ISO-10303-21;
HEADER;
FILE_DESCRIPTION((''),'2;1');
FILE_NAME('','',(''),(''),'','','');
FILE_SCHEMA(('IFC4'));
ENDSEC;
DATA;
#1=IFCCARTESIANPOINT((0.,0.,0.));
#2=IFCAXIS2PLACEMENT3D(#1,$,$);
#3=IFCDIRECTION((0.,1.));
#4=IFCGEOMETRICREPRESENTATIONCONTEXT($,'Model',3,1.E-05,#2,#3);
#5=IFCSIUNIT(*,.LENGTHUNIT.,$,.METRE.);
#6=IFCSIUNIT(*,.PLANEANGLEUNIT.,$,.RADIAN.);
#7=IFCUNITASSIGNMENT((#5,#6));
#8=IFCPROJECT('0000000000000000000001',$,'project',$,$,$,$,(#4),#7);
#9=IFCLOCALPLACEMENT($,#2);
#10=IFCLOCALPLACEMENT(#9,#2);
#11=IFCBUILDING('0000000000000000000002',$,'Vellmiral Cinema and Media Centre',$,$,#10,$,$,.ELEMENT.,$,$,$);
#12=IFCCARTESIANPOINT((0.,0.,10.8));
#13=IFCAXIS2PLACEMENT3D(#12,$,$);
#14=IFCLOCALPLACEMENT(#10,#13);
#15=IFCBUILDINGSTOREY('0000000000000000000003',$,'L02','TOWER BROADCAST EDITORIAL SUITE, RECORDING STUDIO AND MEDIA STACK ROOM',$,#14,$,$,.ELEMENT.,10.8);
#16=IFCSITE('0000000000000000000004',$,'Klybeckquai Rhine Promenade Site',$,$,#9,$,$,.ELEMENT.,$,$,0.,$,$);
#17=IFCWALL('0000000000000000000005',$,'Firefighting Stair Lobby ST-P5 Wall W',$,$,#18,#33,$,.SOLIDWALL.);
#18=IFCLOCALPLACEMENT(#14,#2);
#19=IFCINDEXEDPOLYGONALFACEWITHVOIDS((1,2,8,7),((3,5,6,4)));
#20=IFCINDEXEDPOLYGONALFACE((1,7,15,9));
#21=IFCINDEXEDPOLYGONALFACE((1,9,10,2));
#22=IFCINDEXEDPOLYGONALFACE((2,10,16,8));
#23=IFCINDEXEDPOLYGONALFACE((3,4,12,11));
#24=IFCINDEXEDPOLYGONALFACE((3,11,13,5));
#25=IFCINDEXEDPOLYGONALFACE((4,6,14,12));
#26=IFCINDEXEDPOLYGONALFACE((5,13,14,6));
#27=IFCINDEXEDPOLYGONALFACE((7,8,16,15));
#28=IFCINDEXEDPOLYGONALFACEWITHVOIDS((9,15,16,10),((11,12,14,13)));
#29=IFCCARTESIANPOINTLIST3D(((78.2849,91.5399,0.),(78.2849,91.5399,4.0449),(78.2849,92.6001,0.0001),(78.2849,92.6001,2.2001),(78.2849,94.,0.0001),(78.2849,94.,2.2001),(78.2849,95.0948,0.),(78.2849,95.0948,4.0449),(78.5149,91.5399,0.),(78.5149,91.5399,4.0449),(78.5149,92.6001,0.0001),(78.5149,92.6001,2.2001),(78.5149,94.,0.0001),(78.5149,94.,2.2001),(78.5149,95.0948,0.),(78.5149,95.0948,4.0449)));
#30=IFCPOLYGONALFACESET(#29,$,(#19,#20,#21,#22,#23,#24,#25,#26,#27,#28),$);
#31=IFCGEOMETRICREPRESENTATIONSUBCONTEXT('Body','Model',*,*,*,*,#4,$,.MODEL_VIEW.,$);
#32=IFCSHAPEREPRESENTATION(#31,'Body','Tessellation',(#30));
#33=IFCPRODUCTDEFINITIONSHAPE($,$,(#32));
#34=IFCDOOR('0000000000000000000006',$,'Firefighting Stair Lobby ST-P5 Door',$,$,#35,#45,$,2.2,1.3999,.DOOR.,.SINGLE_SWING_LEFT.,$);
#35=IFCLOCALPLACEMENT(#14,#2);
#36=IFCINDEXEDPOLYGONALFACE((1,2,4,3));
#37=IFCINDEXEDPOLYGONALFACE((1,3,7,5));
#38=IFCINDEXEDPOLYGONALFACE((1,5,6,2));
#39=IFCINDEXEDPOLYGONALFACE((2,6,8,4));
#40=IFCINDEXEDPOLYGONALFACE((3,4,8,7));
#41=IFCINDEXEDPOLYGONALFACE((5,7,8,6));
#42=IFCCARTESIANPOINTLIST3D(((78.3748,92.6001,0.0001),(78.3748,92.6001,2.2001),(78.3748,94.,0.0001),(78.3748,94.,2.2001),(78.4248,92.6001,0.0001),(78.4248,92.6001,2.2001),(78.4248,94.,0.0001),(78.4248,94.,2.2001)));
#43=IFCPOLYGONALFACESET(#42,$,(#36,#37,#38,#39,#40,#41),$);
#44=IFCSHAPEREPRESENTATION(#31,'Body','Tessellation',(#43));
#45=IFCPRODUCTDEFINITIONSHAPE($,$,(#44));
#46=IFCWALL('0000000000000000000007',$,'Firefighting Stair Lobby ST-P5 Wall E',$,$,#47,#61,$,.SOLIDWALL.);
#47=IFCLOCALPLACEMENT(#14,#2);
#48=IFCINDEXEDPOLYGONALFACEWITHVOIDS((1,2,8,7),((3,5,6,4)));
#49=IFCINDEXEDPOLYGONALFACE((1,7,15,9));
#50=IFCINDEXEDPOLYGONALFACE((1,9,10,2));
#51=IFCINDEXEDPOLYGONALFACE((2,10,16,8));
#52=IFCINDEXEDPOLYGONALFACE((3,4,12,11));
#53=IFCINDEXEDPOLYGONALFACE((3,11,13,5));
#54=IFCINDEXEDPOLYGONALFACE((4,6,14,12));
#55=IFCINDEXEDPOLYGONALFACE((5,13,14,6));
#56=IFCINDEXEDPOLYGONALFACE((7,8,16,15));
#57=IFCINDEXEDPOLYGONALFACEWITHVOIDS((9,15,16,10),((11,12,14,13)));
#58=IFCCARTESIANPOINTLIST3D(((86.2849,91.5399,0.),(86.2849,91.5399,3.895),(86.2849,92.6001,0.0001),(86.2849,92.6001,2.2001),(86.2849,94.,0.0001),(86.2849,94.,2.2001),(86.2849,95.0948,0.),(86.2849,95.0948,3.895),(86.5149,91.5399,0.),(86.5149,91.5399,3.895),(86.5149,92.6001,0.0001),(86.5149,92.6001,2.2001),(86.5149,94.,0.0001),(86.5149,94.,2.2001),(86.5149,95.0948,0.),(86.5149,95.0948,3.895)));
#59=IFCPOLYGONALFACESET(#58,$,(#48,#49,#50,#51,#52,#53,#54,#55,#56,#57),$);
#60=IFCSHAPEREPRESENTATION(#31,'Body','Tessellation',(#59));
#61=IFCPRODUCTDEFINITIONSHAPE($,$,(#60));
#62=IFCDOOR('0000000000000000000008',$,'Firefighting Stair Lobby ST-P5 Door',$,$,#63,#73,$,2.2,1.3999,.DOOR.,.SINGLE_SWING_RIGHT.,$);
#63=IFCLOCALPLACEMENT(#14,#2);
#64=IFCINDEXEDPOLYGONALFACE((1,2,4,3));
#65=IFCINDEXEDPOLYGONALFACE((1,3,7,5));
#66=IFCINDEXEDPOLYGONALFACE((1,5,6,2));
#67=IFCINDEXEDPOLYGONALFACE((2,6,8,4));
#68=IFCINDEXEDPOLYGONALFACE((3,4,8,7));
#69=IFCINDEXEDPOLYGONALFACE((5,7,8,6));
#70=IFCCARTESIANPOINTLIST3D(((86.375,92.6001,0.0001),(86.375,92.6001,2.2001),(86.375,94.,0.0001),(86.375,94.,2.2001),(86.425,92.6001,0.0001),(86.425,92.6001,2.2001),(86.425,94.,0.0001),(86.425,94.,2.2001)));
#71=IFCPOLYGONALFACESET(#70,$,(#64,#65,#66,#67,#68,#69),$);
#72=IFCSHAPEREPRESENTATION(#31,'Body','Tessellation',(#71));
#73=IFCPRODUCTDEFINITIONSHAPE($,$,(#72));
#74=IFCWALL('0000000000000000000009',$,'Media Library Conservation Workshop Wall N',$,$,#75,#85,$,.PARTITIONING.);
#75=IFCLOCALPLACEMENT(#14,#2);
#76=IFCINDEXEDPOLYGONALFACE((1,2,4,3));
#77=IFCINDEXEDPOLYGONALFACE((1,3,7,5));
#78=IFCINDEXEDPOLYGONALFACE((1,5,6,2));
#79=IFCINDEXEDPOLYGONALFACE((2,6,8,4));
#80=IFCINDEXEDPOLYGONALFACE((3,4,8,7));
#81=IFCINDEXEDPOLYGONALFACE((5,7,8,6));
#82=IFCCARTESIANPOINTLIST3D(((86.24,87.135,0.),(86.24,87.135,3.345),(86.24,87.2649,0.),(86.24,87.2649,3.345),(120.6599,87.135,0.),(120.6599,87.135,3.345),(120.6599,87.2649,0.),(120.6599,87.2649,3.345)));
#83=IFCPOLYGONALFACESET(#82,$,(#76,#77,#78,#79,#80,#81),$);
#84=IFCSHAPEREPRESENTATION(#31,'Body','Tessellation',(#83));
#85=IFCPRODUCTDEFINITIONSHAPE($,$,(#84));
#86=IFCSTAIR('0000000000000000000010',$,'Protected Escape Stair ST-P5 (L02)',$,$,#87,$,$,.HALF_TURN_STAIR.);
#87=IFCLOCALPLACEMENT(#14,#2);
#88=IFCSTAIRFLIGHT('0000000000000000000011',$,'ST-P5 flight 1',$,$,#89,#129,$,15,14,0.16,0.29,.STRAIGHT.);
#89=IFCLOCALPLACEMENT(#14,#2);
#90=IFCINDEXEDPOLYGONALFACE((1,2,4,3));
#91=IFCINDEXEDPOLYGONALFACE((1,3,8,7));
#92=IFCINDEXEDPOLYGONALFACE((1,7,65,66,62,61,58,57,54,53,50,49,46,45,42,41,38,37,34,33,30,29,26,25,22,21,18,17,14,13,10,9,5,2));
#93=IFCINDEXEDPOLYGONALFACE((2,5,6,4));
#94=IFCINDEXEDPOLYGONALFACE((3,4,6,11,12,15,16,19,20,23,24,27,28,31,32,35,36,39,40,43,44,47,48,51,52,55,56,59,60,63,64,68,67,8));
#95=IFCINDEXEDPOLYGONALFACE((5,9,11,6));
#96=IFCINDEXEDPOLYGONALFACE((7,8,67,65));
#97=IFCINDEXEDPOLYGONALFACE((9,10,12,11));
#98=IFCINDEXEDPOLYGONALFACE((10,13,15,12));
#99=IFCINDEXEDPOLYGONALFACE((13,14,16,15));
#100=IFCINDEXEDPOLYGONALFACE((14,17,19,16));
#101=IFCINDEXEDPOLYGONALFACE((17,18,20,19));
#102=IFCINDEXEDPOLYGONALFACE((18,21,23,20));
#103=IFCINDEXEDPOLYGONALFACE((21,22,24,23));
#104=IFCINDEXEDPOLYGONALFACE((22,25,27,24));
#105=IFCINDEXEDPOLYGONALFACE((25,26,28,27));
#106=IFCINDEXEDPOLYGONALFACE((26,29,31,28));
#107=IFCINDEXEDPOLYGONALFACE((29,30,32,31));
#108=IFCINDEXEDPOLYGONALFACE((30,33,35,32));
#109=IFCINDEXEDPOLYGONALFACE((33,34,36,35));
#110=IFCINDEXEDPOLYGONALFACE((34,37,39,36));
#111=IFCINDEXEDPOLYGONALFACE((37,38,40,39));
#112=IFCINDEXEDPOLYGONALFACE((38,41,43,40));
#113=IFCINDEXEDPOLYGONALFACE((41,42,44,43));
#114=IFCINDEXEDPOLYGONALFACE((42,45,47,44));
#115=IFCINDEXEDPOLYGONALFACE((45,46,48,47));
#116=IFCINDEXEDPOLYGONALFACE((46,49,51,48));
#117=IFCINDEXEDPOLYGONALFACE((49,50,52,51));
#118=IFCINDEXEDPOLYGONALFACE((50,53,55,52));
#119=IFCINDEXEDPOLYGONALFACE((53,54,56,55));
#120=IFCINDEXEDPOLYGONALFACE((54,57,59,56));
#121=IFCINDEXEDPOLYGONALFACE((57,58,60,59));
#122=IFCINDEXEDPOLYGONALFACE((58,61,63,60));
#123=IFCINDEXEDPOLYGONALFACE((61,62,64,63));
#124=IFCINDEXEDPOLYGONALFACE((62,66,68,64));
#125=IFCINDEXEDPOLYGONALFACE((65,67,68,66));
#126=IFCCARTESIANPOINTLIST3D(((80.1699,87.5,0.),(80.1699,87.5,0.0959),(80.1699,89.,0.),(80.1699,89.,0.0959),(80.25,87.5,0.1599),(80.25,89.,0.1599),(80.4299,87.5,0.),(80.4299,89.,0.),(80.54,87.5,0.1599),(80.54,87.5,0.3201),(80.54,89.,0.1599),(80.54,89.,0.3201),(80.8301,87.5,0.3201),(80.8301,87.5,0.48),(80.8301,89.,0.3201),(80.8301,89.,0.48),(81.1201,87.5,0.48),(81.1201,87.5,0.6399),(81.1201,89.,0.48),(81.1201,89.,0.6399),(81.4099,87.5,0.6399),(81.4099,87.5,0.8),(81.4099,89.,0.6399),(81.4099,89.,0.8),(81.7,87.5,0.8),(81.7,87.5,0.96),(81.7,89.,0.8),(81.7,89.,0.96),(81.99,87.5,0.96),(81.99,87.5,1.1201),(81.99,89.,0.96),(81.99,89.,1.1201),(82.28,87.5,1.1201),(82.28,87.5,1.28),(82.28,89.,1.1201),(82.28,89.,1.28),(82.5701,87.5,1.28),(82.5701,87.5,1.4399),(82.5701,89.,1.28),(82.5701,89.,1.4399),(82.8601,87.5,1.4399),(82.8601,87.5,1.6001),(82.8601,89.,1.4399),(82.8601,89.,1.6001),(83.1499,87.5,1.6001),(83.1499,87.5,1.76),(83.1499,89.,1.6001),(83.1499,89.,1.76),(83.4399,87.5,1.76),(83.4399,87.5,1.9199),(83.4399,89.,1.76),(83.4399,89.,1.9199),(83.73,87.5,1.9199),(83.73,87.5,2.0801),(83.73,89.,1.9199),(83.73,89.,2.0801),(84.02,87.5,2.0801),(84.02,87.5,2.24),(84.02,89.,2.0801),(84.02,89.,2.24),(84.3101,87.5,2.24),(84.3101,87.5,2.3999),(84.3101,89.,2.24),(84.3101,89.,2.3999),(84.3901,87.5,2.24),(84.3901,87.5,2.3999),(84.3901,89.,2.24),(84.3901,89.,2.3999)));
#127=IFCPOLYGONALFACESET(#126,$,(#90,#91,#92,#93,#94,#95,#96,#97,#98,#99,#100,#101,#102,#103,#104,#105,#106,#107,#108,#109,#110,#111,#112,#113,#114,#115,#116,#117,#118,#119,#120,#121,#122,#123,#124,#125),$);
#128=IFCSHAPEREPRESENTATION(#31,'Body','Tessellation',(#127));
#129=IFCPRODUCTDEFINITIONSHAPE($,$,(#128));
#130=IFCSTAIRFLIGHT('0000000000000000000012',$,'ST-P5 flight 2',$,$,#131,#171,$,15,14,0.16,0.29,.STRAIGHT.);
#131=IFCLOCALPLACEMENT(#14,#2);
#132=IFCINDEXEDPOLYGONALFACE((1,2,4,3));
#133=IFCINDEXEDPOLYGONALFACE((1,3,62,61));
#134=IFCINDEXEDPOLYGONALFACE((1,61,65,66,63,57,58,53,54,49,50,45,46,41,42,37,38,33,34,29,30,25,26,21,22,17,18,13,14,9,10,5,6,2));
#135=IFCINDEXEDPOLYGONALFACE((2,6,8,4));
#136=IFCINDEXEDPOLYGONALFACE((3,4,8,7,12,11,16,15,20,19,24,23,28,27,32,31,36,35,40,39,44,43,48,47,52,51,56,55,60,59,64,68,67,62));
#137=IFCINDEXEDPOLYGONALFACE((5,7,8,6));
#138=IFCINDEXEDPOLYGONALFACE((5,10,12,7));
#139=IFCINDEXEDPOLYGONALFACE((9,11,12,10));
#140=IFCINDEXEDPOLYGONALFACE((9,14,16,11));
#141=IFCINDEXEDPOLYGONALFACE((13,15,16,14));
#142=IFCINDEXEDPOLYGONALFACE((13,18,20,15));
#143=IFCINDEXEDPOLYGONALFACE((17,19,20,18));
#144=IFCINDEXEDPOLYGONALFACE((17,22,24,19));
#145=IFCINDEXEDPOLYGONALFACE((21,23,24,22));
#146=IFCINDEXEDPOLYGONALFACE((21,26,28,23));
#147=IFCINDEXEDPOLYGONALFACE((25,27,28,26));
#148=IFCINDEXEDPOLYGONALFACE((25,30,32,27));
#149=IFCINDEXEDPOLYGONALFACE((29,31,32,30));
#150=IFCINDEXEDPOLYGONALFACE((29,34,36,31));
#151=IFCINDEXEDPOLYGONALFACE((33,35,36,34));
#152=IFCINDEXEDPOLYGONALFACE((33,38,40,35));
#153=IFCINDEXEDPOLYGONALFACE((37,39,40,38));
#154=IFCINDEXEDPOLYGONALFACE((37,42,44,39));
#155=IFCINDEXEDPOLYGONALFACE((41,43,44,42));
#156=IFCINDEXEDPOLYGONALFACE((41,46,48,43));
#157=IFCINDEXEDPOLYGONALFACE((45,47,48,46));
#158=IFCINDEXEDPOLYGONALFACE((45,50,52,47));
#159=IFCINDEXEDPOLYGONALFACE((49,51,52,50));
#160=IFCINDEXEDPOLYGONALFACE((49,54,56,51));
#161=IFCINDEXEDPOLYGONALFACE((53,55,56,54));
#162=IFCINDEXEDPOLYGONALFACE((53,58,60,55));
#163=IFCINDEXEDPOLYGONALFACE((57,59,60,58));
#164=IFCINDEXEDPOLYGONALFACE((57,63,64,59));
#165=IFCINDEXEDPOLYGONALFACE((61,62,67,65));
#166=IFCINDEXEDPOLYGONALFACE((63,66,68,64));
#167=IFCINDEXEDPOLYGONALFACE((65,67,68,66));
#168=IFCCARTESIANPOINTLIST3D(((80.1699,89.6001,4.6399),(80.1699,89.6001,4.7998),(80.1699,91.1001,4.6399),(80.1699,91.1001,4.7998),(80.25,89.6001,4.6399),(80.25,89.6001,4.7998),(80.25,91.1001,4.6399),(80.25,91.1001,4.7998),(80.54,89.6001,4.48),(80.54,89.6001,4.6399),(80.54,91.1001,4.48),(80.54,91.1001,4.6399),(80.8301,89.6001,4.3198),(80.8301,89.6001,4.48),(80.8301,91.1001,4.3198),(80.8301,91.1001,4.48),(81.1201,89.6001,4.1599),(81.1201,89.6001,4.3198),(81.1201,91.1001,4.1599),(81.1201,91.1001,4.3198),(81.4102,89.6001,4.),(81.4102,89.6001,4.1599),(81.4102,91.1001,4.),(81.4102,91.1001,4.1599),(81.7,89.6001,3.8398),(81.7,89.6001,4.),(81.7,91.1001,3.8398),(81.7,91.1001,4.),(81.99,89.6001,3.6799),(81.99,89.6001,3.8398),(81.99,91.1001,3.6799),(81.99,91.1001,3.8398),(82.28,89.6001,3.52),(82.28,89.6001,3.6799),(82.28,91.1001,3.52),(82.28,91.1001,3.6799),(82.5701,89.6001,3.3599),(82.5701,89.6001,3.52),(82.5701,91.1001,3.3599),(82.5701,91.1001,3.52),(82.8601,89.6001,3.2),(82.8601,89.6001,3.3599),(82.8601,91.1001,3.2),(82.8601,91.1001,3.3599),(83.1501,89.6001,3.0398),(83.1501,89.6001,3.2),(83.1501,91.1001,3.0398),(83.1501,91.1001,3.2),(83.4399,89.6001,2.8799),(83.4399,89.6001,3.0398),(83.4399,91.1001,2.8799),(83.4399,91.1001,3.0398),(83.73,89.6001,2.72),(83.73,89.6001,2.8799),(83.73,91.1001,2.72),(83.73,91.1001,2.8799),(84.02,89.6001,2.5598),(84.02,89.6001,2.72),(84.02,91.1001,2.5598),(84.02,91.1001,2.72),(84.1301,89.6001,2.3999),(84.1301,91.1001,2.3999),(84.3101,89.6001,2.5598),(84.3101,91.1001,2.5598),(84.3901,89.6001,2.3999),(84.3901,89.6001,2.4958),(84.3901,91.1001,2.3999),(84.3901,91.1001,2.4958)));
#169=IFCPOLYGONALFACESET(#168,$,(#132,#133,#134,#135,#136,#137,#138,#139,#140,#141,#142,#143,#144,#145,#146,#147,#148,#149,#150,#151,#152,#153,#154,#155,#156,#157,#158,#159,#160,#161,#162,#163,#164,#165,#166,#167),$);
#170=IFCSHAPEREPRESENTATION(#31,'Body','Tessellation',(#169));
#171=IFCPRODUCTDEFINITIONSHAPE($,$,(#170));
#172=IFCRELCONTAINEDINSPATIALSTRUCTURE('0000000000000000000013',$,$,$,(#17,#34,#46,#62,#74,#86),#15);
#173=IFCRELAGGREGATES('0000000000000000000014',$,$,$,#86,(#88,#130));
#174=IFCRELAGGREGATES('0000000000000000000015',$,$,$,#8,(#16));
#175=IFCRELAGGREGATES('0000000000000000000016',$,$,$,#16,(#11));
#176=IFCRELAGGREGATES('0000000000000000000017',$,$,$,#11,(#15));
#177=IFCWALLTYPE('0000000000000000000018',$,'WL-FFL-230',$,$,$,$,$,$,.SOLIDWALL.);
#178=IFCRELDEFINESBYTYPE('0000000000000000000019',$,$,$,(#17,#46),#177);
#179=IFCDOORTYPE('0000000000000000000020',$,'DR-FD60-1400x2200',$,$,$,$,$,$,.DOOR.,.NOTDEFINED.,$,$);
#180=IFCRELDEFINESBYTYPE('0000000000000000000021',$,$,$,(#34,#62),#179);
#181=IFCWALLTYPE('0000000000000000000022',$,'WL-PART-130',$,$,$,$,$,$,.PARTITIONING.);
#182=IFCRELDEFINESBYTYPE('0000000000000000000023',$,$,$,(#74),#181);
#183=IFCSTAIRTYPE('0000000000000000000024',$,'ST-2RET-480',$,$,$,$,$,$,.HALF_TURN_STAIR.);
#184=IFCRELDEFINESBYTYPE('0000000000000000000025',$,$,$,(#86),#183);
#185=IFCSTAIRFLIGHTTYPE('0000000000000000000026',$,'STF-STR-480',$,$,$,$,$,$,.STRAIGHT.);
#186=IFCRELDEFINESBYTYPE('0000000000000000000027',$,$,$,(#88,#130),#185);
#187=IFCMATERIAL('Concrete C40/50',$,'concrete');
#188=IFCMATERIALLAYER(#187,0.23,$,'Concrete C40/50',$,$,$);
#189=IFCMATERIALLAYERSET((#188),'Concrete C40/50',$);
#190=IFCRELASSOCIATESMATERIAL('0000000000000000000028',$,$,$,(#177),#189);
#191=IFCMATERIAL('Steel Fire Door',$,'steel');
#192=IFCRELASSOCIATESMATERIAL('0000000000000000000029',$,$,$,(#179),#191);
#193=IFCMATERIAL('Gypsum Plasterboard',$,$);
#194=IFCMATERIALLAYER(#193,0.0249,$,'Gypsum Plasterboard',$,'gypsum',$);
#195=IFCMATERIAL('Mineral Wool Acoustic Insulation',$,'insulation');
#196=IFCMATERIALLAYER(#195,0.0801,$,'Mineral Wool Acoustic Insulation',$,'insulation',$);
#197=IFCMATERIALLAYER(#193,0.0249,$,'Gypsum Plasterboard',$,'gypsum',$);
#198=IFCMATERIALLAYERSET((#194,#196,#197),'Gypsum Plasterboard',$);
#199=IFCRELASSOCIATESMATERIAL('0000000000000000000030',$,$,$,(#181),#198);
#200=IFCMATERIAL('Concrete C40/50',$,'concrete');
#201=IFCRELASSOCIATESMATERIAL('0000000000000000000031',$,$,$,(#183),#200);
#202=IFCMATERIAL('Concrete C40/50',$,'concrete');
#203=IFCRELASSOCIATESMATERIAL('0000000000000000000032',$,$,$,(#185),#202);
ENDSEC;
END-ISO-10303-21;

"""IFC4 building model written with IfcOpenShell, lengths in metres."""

from ifc_helpers import new_model, si_unit, direction, frame, frame_2d, origin, place, context, subcontext, project, spatial, polyline, rectangle, outline, extrude, material, layer, layer_set, type_object, element, fill, aggregate, save


model = new_model("IFC4")

# Units and contexts
model_context = context("Model", 3, precision=1e-05, world=origin(), true_north=direction((0.0, 1.0)))
body_context = subcontext(model_context, "Body", "Model", "MODEL_VIEW")
ifc_project = project(units=[si_unit("LENGTHUNIT", "METRE"), si_unit("PLANEANGLEUNIT", "RADIAN")], contexts=[model_context])

# Site, building, storey
site_placement = place(None, origin())
site = spatial("IfcSite", under=ifc_project, at=site_placement, Name="Klybeckquai Rhine Promenade Site", CompositionType="ELEMENT", RefElevation=0.0)
building_placement = place(site_placement, origin())
building = spatial("IfcBuilding", under=site, at=building_placement, Name="Vellmiral Cinema and Media Centre", CompositionType="ELEMENT")
storey_placement = place(building_placement, frame((0.0, 0.0, 10.8)))
storey = spatial("IfcBuildingStorey", under=building, at=storey_placement, Name="L02", Description="TOWER BROADCAST EDITORIAL SUITE, RECORDING STUDIO AND MEDIA STACK ROOM", CompositionType="ELEMENT", Elevation=10.8)

# Walls, openings, doors
ifc_material_1 = material(Name="Concrete C40/50", Category="concrete")
ifc_layer_1 = layer(ifc_material_1, 0.23, Name="Concrete C40/50")
ifc_layer_set_1 = layer_set([ifc_layer_1], Name="Concrete C40/50")
wall_type_1 = type_object("IfcWallType", Name="WL-FFL-230", PredefinedType="SOLIDWALL", material=ifc_layer_set_1)
wall_1_placement = place(storey_placement, frame((78.3999, 91.54, 0.0), z_axis=(0.0, 0.0, 1.0), x_axis=(0.0, 1.0, 0.0)))
wall_1 = element("IfcWall", 1, at=wall_1_placement, inside=storey, type_object=wall_type_1, Name="Firefighting Stair Lobby ST-P5 Wall W", PredefinedType="SOLIDWALL", context=body_context, shape_type="SweptSolid", body=[
    extrude(rectangle(XDim=3.5549, YDim=0.23, at=frame_2d((1.7773, 0.0))), origin(), (0.0, 0.0, 1.0), 4.0449),
])
opening_1_placement = place(wall_1_placement, frame((1.0601, 0.0, 0.0)))
opening_1 = element("IfcOpeningElement", 2, at=opening_1_placement, cuts=wall_1, PredefinedType="OPENING", context=body_context, shape_type="SweptSolid", body=[
    extrude(rectangle(XDim=1.3999, YDim=2.2, at=frame_2d((0.7, 1.1001))), frame((0.0, 0.127, 0.0), z_axis=(0.0, -1.0, 0.0), x_axis=(1.0, 0.0, 0.0)), (0.0, 0.0, 1.0), 0.2539),
])
ifc_material_2 = material(Name="Steel Fire Door", Category="steel")
door_type_1 = type_object("IfcDoorType", Name="DR-FD60-1400x2200", OperationType="NOTDEFINED", PredefinedType="DOOR", material=ifc_material_2)
door_1_placement = place(opening_1_placement, frame((1.3999, 0.0, 0.0), z_axis=(0.0, 0.0, 1.0), x_axis=(-1.0, 0.0, 0.0)))
door_1 = element("IfcDoor", 3, at=door_1_placement, inside=storey, type_object=door_type_1, Name="Firefighting Stair Lobby ST-P5 Door", OperationType="SINGLE_SWING_LEFT", OverallHeight=2.2, OverallWidth=1.3999, PredefinedType="DOOR", context=body_context, shape_type="SweptSolid", body=[
    extrude(rectangle(XDim=1.3999, YDim=2.2, at=frame_2d((0.7, 1.1001))), frame((0.0, 0.0249, 0.0), z_axis=(0.0, -1.0, 0.0), x_axis=(1.0, 0.0, 0.0)), (0.0, 0.0, 1.0), 0.05),
])
fill(opening_1, door_1)
wall_2_placement = place(storey_placement, frame((86.3999, 91.54, 0.0), z_axis=(0.0, 0.0, 1.0), x_axis=(0.0, 1.0, 0.0)))
wall_2 = element("IfcWall", 4, at=wall_2_placement, inside=storey, type_object=wall_type_1, Name="Firefighting Stair Lobby ST-P5 Wall E", PredefinedType="SOLIDWALL", context=body_context, shape_type="SweptSolid", body=[
    extrude(rectangle(XDim=3.5549, YDim=0.23, at=frame_2d((1.7773, 0.0))), origin(), (0.0, 0.0, 1.0), 3.895),
])
opening_2_placement = place(wall_2_placement, frame((1.0601, 0.0, 0.0)))
opening_2 = element("IfcOpeningElement", 5, at=opening_2_placement, cuts=wall_2, PredefinedType="OPENING", context=body_context, shape_type="SweptSolid", body=[
    extrude(rectangle(XDim=1.3999, YDim=2.2, at=frame_2d((0.7, 1.1001))), frame((0.0, 0.127, 0.0), z_axis=(0.0, -1.0, 0.0), x_axis=(1.0, 0.0, 0.0)), (0.0, 0.0, 1.0), 0.2539),
])
door_2_placement = place(opening_2_placement, origin())
door_2 = element("IfcDoor", 6, at=door_2_placement, inside=storey, type_object=door_type_1, Name="Firefighting Stair Lobby ST-P5 Door", OperationType="SINGLE_SWING_RIGHT", OverallHeight=2.2, OverallWidth=1.3999, PredefinedType="DOOR", context=body_context, shape_type="SweptSolid", body=[
    extrude(rectangle(XDim=1.3999, YDim=2.2, at=frame_2d((0.7, 1.1001))), frame((0.0, 0.0249, 0.0), z_axis=(0.0, -1.0, 0.0), x_axis=(1.0, 0.0, 0.0)), (0.0, 0.0, 1.0), 0.05),
])
fill(opening_2, door_2)

# Wall
ifc_material_3 = material(Name="Gypsum Plasterboard")
ifc_layer_2 = layer(ifc_material_3, 0.0249, Name="Gypsum Plasterboard", Category="gypsum")
ifc_material_4 = material(Name="Mineral Wool Acoustic Insulation", Category="insulation")
ifc_layer_3 = layer(ifc_material_4, 0.0801, Name="Mineral Wool Acoustic Insulation", Category="insulation")
ifc_layer_4 = layer(ifc_material_3, 0.0249, Name="Gypsum Plasterboard", Category="gypsum")
ifc_layer_set_2 = layer_set([ifc_layer_2, ifc_layer_3, ifc_layer_4], Name="Gypsum Plasterboard")
wall_type_2 = type_object("IfcWallType", Name="WL-PART-130", PredefinedType="PARTITIONING", material=ifc_layer_set_2)
wall_3_placement = place(storey_placement, frame((86.24, 87.2, 0.0), z_axis=(0.0, 0.0, 1.0), x_axis=(1.0, 0.0, 0.0)))
element("IfcWall", 7, at=wall_3_placement, inside=storey, type_object=wall_type_2, Name="Media Library Conservation Workshop Wall N", PredefinedType="PARTITIONING", context=body_context, shape_type="SweptSolid", body=[
    extrude(rectangle(XDim=34.4199, YDim=0.1299, at=frame_2d((17.21, 0.0))), origin(), (0.0, 0.0, 1.0), 3.345),
])

# Stair, stair flights
ifc_material_5 = material(Name="Concrete C40/50", Category="concrete")
stair_type = type_object("IfcStairType", Name="ST-2RET-480", PredefinedType="HALF_TURN_STAIR", material=ifc_material_5)
stair_placement = place(storey_placement, origin())
stair = element("IfcStair", 8, at=stair_placement, inside=storey, type_object=stair_type, Name="Protected Escape Stair ST-P5 (L02)", PredefinedType="HALF_TURN_STAIR")
ifc_material_6 = material(Name="Concrete C40/50", Category="concrete")
stair_flight_type = type_object("IfcStairFlightType", Name="STF-STR-480", PredefinedType="STRAIGHT", material=ifc_material_6)
stair_flight_1_placement = place(storey_placement, frame((80.25, 88.25, 0.0), z_axis=(0.0, 0.0, 1.0), x_axis=(1.0, 0.0, 0.0)))
stair_flight_1 = element("IfcStairFlight", 9, at=stair_flight_1_placement, type_object=stair_flight_type, Name="ST-P5 flight 1", NumberOfRisers=15, NumberOfTreads=14, PredefinedType="STRAIGHT", RiserHeight=0.16, TreadLength=0.29, context=body_context, shape_type="SweptSolid", body=[
    extrude(outline(polyline([(-0.0801, 0.0), (-0.0801, 0.0959), (0.0, 0.1599), (0.29, 0.1599), (0.29, 0.3201), (0.5801, 0.3201), (0.5801, 0.48), (0.8701, 0.48), (0.8701, 0.6399), (1.1599, 0.6399), (1.1599, 0.8), (1.45, 0.8), (1.45, 0.96), (1.74, 0.96), (1.74, 1.1201), (2.03, 1.1201), (2.03, 1.28), (2.3201, 1.28), (2.3201, 1.4399), (2.6101, 1.4399), (2.6101, 1.6001), (2.8999, 1.6001), (2.8999, 1.76), (3.1899, 1.76), (3.1899, 1.9199), (3.48, 1.9199), (3.48, 2.0801), (3.77, 2.0801), (3.77, 2.24), (4.0601, 2.24), (4.0601, 2.3999), (4.1401, 2.3999), (4.1401, 2.24), (0.1799, 0.0), (-0.0801, 0.0)])), frame((0.0, 0.75, 0.0), z_axis=(0.0, -1.0, 0.0), x_axis=(1.0, 0.0, 0.0)), (0.0, 0.0, 1.0), 1.5),
])
stair_flight_2_placement = place(storey_placement, frame((84.3101, 90.3501, 2.3999), z_axis=(0.0, 0.0, 1.0), x_axis=(-1.0, 0.0, 0.0)))
stair_flight_2 = element("IfcStairFlight", 10, at=stair_flight_2_placement, type_object=stair_flight_type, Name="ST-P5 flight 2", NumberOfRisers=15, NumberOfTreads=14, PredefinedType="STRAIGHT", RiserHeight=0.16, TreadLength=0.29, context=body_context, shape_type="SweptSolid", body=[
    extrude(outline(polyline([(-0.0801, 0.0), (-0.0801, 0.0959), (0.0, 0.1599), (0.29, 0.1599), (0.29, 0.3201), (0.5801, 0.3201), (0.5801, 0.48), (0.8701, 0.48), (0.8701, 0.6399), (1.1599, 0.6399), (1.1599, 0.8), (1.45, 0.8), (1.45, 0.96), (1.74, 0.96), (1.74, 1.1201), (2.03, 1.1201), (2.03, 1.28), (2.3201, 1.28), (2.3201, 1.4399), (2.6101, 1.4399), (2.6101, 1.6001), (2.8999, 1.6001), (2.8999, 1.76), (3.1899, 1.76), (3.1899, 1.9199), (3.48, 1.9199), (3.48, 2.0801), (3.77, 2.0801), (3.77, 2.24), (4.0601, 2.24), (4.0601, 2.3999), (4.1401, 2.3999), (4.1401, 2.24), (0.1799, 0.0), (-0.0801, 0.0)])), frame((0.0, 0.75, 0.0), z_axis=(0.0, -1.0, 0.0), x_axis=(1.0, 0.0, 0.0)), (0.0, 0.0, 1.0), 1.5),
])
aggregate(stair, [stair_flight_1, stair_flight_2])

save(model, "model.ifc")
